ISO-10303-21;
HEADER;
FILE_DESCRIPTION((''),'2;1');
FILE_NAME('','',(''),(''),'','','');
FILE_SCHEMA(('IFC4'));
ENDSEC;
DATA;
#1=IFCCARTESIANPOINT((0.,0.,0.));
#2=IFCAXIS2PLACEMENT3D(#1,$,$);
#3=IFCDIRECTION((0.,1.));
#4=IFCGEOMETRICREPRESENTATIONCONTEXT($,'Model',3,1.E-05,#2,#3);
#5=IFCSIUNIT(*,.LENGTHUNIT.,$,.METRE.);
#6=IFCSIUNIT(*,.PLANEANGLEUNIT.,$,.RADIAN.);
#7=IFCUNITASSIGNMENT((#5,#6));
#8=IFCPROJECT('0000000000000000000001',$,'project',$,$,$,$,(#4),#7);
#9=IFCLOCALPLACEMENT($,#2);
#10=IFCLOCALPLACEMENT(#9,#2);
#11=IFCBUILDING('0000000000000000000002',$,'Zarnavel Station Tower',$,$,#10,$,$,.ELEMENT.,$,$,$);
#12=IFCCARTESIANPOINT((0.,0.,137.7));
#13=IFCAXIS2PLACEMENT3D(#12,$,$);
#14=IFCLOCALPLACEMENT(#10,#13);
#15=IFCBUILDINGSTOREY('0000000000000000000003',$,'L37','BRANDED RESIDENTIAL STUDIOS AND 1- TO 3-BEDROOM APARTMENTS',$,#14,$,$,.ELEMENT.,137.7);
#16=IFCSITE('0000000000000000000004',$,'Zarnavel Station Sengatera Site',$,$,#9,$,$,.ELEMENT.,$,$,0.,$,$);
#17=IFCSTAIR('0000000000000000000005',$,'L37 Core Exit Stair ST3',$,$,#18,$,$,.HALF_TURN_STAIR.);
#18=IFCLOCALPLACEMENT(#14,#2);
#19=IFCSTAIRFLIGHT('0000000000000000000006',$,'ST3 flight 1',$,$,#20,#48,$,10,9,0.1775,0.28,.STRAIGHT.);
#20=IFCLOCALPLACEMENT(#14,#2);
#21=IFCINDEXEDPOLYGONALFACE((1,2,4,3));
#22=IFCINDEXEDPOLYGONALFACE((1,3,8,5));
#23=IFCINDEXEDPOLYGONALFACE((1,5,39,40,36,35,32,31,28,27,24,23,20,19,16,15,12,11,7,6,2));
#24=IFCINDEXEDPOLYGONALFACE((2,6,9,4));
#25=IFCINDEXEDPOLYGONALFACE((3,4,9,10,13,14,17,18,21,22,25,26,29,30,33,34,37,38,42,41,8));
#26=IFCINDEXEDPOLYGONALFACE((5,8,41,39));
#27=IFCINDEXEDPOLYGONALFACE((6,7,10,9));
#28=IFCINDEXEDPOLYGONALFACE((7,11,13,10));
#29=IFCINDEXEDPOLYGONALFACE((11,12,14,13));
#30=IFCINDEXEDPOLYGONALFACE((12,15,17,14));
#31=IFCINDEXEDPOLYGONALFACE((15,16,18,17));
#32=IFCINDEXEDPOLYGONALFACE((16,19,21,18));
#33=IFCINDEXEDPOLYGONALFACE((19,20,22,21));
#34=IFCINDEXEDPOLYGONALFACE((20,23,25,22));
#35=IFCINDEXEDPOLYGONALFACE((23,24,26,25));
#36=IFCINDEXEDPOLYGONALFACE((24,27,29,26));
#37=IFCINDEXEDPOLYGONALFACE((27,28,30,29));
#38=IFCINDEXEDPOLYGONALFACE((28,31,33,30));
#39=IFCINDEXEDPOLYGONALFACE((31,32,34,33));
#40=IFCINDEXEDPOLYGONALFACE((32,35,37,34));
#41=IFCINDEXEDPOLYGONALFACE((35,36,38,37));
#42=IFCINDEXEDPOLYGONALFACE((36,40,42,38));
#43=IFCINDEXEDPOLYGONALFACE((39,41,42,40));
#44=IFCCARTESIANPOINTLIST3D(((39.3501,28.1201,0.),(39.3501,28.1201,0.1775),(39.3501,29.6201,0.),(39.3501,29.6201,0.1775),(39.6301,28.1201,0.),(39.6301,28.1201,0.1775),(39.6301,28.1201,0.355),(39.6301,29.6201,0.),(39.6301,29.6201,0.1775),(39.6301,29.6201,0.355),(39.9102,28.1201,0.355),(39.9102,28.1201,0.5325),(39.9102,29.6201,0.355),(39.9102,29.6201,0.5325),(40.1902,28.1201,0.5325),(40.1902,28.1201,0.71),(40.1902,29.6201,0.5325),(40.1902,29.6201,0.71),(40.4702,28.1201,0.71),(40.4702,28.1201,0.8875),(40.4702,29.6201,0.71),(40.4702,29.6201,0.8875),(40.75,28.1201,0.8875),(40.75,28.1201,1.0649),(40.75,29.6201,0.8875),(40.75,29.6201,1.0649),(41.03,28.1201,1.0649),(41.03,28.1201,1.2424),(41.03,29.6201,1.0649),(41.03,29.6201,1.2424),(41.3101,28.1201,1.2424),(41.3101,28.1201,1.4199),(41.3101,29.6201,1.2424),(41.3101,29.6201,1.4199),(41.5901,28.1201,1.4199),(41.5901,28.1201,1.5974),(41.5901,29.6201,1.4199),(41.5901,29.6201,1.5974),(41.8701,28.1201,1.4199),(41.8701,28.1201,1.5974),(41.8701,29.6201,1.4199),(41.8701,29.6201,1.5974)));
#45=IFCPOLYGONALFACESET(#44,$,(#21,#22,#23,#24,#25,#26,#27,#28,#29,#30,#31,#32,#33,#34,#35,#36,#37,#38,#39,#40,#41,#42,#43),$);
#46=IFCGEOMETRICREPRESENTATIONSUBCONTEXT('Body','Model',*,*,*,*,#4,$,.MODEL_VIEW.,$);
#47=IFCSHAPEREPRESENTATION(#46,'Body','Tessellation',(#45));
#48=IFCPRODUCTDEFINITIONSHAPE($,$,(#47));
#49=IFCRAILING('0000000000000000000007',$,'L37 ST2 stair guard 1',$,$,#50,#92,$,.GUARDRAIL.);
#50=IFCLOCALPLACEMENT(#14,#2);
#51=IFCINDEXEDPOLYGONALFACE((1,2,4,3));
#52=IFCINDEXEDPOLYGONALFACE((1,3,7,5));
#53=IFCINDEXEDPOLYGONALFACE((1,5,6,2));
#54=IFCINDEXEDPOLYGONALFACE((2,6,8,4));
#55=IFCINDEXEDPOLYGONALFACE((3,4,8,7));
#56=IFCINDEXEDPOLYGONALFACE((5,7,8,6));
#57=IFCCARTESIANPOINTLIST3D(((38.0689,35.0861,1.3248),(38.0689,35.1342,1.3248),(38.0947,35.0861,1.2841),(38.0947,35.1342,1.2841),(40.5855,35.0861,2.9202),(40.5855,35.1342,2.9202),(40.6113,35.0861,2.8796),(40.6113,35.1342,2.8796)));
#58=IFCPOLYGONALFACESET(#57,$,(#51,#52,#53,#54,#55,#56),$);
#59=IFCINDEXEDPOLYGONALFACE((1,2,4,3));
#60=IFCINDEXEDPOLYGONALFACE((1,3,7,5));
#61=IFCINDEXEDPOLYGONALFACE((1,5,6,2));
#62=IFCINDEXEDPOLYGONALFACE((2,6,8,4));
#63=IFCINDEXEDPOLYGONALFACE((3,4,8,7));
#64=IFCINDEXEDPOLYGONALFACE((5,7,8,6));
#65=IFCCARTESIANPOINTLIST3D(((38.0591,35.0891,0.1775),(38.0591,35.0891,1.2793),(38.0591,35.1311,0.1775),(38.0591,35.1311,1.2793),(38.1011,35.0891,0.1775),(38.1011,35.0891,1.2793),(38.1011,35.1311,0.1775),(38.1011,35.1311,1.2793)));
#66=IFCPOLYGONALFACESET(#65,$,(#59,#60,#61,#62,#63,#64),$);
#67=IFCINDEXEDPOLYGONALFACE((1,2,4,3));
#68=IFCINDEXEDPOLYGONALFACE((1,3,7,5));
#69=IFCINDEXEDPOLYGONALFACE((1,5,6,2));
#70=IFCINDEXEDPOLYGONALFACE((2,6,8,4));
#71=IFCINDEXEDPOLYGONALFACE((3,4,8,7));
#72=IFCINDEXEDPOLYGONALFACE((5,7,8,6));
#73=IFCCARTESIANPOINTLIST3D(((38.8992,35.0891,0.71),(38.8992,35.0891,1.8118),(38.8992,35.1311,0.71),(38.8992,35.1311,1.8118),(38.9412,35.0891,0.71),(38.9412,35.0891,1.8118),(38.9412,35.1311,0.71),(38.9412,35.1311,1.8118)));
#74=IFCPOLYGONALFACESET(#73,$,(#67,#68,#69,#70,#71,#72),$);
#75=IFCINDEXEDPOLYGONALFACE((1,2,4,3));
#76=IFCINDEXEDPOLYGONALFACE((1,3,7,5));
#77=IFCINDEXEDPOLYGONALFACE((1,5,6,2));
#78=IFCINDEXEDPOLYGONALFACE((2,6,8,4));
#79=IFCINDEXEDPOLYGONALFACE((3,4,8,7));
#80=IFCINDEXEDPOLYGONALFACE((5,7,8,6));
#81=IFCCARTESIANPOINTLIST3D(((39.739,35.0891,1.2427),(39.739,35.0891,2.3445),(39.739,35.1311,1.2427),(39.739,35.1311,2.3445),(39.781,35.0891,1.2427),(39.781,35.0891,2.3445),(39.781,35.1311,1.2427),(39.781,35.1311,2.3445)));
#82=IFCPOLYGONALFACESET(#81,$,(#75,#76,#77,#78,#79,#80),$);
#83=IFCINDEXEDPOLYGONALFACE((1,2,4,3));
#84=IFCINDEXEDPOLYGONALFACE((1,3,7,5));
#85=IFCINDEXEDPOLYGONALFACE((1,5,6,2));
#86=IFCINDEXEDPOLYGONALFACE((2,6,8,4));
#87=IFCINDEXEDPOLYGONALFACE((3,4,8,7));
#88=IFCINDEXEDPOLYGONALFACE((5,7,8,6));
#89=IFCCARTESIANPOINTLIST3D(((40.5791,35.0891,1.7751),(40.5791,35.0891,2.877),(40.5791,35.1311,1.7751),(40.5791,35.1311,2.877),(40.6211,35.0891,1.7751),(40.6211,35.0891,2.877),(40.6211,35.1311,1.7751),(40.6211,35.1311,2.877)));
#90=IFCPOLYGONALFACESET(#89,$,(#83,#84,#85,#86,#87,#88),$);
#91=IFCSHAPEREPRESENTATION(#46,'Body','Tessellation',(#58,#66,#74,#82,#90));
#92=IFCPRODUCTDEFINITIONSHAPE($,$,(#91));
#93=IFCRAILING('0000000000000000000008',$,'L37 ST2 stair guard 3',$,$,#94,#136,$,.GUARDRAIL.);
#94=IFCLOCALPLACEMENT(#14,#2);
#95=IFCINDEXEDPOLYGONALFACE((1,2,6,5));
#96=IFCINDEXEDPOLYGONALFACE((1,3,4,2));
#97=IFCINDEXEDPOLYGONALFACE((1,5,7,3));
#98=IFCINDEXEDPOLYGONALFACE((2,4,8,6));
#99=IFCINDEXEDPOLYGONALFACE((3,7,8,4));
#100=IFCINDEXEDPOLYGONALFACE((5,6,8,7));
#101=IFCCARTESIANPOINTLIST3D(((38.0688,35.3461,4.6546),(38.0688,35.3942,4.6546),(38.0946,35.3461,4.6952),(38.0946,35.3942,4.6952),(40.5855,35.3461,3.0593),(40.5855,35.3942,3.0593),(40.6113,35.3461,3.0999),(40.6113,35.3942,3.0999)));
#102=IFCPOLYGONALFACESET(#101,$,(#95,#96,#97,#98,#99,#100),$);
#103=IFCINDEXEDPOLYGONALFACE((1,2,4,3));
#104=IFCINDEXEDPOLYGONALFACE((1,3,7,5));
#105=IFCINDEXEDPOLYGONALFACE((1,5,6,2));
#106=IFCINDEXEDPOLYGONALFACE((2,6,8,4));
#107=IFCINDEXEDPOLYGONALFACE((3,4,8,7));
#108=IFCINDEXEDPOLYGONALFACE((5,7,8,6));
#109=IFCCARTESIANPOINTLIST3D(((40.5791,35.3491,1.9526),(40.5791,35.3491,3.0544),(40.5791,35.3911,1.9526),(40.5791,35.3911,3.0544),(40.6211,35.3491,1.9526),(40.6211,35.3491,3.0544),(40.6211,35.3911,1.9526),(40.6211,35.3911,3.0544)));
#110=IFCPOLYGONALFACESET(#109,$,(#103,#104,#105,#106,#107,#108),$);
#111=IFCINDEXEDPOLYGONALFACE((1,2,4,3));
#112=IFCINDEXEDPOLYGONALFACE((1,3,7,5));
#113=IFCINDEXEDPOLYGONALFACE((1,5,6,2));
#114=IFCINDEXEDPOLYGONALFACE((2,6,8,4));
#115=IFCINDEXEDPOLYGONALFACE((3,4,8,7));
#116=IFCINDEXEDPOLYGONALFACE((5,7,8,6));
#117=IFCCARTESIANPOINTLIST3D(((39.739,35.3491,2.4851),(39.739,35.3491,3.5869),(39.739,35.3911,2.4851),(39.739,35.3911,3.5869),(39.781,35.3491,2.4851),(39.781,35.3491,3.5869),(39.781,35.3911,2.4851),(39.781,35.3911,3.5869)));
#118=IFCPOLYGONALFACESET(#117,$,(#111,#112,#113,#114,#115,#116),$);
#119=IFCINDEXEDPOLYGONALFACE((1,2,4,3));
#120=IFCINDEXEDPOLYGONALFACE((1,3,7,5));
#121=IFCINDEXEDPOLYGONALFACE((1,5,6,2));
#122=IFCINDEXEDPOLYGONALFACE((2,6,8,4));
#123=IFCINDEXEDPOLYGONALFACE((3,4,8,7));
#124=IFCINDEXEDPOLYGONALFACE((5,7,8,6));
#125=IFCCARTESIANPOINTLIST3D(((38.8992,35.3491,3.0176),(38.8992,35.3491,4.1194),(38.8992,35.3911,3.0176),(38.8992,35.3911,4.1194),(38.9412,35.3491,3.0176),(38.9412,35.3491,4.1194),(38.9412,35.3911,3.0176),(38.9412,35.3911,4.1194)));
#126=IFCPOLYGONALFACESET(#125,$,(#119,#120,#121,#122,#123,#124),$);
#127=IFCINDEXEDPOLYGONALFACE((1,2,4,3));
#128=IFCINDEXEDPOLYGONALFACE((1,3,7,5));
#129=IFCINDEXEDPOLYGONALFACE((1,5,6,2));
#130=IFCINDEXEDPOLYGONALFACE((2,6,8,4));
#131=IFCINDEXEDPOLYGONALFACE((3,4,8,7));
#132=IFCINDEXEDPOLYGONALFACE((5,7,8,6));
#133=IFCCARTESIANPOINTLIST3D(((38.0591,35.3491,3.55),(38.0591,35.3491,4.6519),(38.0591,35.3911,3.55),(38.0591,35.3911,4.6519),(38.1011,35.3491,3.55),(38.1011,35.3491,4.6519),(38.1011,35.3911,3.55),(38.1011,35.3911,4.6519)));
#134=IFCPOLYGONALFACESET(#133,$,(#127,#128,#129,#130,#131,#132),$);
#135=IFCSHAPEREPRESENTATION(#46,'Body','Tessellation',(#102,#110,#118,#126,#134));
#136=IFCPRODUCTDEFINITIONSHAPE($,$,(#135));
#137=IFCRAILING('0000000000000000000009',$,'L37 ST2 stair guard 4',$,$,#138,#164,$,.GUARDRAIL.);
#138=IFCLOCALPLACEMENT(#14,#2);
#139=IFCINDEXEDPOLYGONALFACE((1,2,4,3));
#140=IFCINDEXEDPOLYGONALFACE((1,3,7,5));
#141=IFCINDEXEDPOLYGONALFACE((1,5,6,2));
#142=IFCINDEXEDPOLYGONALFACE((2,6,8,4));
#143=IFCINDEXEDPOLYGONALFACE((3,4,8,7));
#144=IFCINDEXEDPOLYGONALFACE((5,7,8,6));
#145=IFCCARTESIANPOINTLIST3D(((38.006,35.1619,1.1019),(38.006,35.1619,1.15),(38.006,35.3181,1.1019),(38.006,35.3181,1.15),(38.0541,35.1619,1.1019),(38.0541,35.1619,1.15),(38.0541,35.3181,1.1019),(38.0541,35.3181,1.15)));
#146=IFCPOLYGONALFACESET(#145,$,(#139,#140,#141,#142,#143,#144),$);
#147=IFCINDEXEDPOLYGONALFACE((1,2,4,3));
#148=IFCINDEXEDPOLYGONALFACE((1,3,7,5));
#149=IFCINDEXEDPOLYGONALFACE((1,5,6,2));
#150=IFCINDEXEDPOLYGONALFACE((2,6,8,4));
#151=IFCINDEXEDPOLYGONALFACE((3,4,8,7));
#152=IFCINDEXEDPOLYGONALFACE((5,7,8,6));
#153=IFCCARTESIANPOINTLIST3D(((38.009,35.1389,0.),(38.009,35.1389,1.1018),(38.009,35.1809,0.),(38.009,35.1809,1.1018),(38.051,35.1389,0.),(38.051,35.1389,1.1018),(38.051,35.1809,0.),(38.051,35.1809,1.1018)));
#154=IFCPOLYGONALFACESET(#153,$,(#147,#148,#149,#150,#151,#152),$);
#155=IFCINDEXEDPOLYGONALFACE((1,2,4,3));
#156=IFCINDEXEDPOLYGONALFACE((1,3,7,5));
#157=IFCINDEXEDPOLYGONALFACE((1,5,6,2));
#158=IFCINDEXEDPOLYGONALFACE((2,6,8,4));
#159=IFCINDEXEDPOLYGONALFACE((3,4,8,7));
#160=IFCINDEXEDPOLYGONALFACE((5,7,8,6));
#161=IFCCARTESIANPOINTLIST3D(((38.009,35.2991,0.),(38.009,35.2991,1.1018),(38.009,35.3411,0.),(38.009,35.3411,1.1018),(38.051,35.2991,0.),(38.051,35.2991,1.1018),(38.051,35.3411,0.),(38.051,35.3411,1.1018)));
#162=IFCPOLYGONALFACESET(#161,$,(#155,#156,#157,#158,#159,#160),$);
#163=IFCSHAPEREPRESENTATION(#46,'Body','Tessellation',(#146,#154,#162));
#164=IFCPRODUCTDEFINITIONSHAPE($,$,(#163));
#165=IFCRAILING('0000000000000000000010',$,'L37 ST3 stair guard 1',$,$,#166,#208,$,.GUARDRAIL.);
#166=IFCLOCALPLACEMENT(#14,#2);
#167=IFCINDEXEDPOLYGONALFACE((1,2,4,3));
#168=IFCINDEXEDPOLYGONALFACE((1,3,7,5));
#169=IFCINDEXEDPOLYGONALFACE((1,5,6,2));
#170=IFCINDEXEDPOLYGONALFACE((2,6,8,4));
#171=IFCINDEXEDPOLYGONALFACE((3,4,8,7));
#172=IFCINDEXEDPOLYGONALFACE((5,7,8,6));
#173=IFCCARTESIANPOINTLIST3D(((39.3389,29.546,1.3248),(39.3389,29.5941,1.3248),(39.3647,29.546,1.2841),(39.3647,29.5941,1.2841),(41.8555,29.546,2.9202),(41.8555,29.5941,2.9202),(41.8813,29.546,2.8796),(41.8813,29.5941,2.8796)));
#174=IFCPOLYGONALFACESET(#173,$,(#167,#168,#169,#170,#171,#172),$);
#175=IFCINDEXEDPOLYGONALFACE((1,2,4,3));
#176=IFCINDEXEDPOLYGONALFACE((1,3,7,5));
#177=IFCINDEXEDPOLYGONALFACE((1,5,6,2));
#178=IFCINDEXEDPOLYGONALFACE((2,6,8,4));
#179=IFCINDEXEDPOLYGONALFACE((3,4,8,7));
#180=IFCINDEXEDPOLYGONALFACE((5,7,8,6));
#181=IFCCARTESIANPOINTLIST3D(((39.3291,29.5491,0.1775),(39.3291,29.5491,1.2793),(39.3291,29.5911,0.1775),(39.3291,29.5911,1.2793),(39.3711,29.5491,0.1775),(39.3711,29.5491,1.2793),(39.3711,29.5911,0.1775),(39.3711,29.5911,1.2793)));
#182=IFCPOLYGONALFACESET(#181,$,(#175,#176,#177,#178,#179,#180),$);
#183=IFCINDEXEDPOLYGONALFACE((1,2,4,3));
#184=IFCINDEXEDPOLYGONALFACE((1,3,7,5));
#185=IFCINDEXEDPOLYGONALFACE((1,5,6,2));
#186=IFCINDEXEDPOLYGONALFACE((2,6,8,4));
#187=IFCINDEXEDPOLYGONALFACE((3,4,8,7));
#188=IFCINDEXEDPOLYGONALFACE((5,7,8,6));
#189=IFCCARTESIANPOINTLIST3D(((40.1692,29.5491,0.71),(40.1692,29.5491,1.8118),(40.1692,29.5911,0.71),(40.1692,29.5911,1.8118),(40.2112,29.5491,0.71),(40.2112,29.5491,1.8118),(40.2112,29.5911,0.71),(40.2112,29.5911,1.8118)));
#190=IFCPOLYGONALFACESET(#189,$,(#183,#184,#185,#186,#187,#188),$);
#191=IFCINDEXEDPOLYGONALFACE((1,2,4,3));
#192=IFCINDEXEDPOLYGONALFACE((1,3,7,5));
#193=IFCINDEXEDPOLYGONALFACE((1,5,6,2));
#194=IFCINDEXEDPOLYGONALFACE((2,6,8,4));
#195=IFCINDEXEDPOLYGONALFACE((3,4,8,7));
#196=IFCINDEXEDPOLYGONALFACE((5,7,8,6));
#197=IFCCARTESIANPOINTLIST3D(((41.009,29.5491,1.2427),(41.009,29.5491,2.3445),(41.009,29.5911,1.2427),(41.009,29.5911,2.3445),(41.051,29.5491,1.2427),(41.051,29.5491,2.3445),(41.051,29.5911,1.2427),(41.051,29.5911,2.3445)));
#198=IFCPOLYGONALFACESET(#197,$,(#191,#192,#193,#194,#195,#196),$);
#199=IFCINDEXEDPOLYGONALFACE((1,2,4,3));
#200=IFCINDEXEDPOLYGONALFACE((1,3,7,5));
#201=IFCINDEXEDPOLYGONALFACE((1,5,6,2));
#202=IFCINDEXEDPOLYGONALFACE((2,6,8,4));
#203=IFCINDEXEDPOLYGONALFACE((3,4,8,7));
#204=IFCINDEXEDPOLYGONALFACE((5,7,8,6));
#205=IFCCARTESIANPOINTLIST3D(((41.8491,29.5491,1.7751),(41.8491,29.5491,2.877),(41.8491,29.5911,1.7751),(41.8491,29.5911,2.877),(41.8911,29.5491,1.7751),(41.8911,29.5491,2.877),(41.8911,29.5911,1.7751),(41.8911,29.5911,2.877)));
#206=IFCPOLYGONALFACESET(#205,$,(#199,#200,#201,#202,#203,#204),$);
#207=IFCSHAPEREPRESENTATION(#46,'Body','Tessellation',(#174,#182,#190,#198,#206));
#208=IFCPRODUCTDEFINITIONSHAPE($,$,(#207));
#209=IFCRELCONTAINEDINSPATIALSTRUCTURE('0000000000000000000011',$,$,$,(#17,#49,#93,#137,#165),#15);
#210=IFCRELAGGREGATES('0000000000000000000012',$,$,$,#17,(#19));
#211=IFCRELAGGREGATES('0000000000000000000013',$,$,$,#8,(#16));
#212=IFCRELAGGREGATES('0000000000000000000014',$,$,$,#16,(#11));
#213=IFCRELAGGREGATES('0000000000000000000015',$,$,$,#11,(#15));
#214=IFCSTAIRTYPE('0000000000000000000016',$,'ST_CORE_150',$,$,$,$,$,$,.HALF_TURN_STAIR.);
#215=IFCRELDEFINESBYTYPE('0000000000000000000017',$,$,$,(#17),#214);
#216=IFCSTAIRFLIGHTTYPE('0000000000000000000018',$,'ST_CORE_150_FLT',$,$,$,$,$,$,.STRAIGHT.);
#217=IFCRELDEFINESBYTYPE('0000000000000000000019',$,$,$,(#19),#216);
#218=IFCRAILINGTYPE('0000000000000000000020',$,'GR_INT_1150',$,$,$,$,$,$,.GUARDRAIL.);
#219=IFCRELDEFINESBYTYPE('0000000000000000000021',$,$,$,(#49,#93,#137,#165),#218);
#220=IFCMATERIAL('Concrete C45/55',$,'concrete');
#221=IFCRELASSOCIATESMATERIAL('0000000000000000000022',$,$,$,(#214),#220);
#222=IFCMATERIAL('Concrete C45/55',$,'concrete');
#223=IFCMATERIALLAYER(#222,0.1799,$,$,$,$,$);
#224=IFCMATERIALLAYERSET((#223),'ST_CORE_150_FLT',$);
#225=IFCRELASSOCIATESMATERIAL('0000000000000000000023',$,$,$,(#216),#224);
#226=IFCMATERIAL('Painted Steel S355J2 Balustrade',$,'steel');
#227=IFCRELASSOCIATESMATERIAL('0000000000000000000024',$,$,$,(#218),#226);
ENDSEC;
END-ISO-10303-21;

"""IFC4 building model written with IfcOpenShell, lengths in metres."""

from ifc_helpers import new_model, si_unit, direction, frame, origin, origin_2d, place, context, subcontext, project, spatial, polyline, rectangle, outline, extrude, material, layer, layer_set, type_object, element, aggregate, save


model = new_model("IFC4")

# Units and contexts
model_context = context("Model", 3, precision=1e-05, world=origin(), true_north=direction((0.0, 1.0)))
body_context = subcontext(model_context, "Body", "Model", "MODEL_VIEW")
ifc_project = project(units=[si_unit("LENGTHUNIT", "METRE"), si_unit("PLANEANGLEUNIT", "RADIAN")], contexts=[model_context])

# Site, building, storey
site_placement = place(None, origin())
site = spatial("IfcSite", under=ifc_project, at=site_placement, Name="Zarnavel Station Sengatera Site", CompositionType="ELEMENT", RefElevation=0.0)
building_placement = place(site_placement, origin())
building = spatial("IfcBuilding", under=site, at=building_placement, Name="Zarnavel Station Tower", CompositionType="ELEMENT")
storey_placement = place(building_placement, frame((0.0, 0.0, 137.7)))
storey = spatial("IfcBuildingStorey", under=building, at=storey_placement, Name="L37", Description="BRANDED RESIDENTIAL STUDIOS AND 1- TO 3-BEDROOM APARTMENTS", CompositionType="ELEMENT", Elevation=137.7)

# Shared definitions
ifc_material_1 = material(Name="Concrete C45/55", Category="concrete")
stair_type = type_object("IfcStairType", Name="ST_CORE_150", PredefinedType="HALF_TURN_STAIR", material=ifc_material_1)
ifc_material_2 = material(Name="Concrete C45/55", Category="concrete")
ifc_layer_1 = layer(ifc_material_2, 0.1799)
ifc_layer_set_1 = layer_set([ifc_layer_1], Name="ST_CORE_150_FLT")
stair_flight_type = type_object("IfcStairFlightType", Name="ST_CORE_150_FLT", PredefinedType="STRAIGHT", material=ifc_layer_set_1)

# Stair, stair flight
stair_1_placement = place(storey_placement, origin())
stair_1 = element("IfcStair", 1, at=stair_1_placement, inside=storey, type_object=stair_type, Name="L37 Core Exit Stair ST3", PredefinedType="HALF_TURN_STAIR")
stair_flight_1_placement = place(storey_placement, frame((39.3501, 28.8701, 0.0), z_axis=(0.0, 0.0, 1.0), x_axis=(1.0, 0.0, 0.0)))
stair_flight_1 = element("IfcStairFlight", 2, at=stair_flight_1_placement, type_object=stair_flight_type, Name="ST3 flight 1", NumberOfRisers=10, NumberOfTreads=9, PredefinedType="STRAIGHT", RiserHeight=0.1775, TreadLength=0.28, context=body_context, shape_type="SweptSolid", body=[
    extrude(outline(polyline([(0.0, 0.0), (0.0, 0.1775), (0.28, 0.1775), (0.28, 0.355), (0.5601, 0.355), (0.5601, 0.5325), (0.8401, 0.5325), (0.8401, 0.71), (1.1201, 0.71), (1.1201, 0.8875), (1.3999, 0.8875), (1.3999, 1.0649), (1.6799, 1.0649), (1.6799, 1.2424), (1.96, 1.2424), (1.96, 1.4199), (2.24, 1.4199), (2.24, 1.5974), (2.52, 1.5974), (2.52, 1.7749), (2.52, 1.4199), (0.28, 0.0), (0.0, 0.0)])), frame((0.0, 0.75, 0.0), z_axis=(0.0, -1.0, 0.0), x_axis=(1.0, 0.0, 0.0)), (0.0, 0.0, 1.0), 1.5),
])
aggregate(stair_1, [stair_flight_1])

# Railings
ifc_material_3 = material(Name="Painted Steel S355J2 Balustrade", Category="steel")
railing_type_1 = type_object("IfcRailingType", Name="GR_INT_1150", PredefinedType="GUARDRAIL", material=ifc_material_3)
railing_1_placement = place(storey_placement, frame((38.0801, 35.1101, 0.1775)))
element("IfcRailing", 3, at=railing_1_placement, inside=storey, type_object=railing_type_1, Name="L37 ST2 stair guard 1", PredefinedType="GUARDRAIL", context=body_context, shape_type="SweptSolid", body=[
    extrude(rectangle(XDim=0.0481, YDim=0.0481, at=origin_2d()), frame((0.0017, 0.0, 1.127), z_axis=(0.84457, 0.0, 0.535445), x_axis=(0.0, 1.0, 0.0)), (0.0, 0.0, 1.0), 2.9797),
    extrude(rectangle(XDim=0.042, YDim=0.042, at=origin_2d()), origin(), (0.0, 0.0, 1.0), 1.1018),
    extrude(rectangle(XDim=0.042, YDim=0.042, at=origin_2d()), frame((0.8401, 0.0, 0.5325)), (0.0, 0.0, 1.0), 1.1018),
    extrude(rectangle(XDim=0.042, YDim=0.042, at=origin_2d()), frame((1.6799, 0.0, 1.0652)), (0.0, 0.0, 1.0), 1.1018),
    extrude(rectangle(XDim=0.042, YDim=0.042, at=origin_2d()), frame((2.52, 0.0, 1.5977)), (0.0, 0.0, 1.0), 1.1018),
])
railing_2_placement = place(storey_placement, frame((40.6001, 35.3701, 1.9526)))
element("IfcRailing", 4, at=railing_2_placement, inside=storey, type_object=railing_type_1, Name="L37 ST2 stair guard 3", PredefinedType="GUARDRAIL", context=body_context, shape_type="SweptSolid", body=[
    extrude(rectangle(XDim=0.0481, YDim=0.0481, at=origin_2d()), frame((-0.0017, 0.0, 1.127), z_axis=(-0.844607, 0.0, 0.535387), x_axis=(0.0, -1.0, 0.0)), (0.0, 0.0, 1.0), 2.9797),
    extrude(rectangle(XDim=0.042, YDim=0.042, at=origin_2d()), origin(), (0.0, 0.0, 1.0), 1.1018),
    extrude(rectangle(XDim=0.042, YDim=0.042, at=origin_2d()), frame((-0.8401, 0.0, 0.5325)), (0.0, 0.0, 1.0), 1.1018),
    extrude(rectangle(XDim=0.042, YDim=0.042, at=origin_2d()), frame((-1.6799, 0.0, 1.0649)), (0.0, 0.0, 1.0), 1.1018),
    extrude(rectangle(XDim=0.042, YDim=0.042, at=origin_2d()), frame((-2.52, 0.0, 1.5974)), (0.0, 0.0, 1.0), 1.1018),
])
railing_3_placement = place(storey_placement, frame((38.03, 35.1599, 0.0)))
element("IfcRailing", 5, at=railing_3_placement, inside=storey, type_object=railing_type_1, Name="L37 ST2 stair guard 4", PredefinedType="GUARDRAIL", context=body_context, shape_type="SweptSolid", body=[
    extrude(rectangle(XDim=0.0481, YDim=0.0481, at=origin_2d()), frame((0.0, 0.002, 1.126), z_axis=(0.0, 1.0, 0.0), x_axis=(-1.0, 0.0, 0.0)), (0.0, 0.0, 1.0), 0.1562),
    extrude(rectangle(XDim=0.042, YDim=0.042, at=origin_2d()), origin(), (0.0, 0.0, 1.0), 1.1018),
    extrude(rectangle(XDim=0.042, YDim=0.042, at=origin_2d()), frame((0.0, 0.1602, 0.0)), (0.0, 0.0, 1.0), 1.1018),
])
railing_4_placement = place(storey_placement, frame((39.3501, 29.5701, 0.1775)))
element("IfcRailing", 6, at=railing_4_placement, inside=storey, type_object=railing_type_1, Name="L37 ST3 stair guard 1", PredefinedType="GUARDRAIL", context=body_context, shape_type="SweptSolid", body=[
    extrude(rectangle(XDim=0.0481, YDim=0.0481, at=origin_2d()), frame((0.0017, 0.0, 1.127), z_axis=(0.84457, 0.0, 0.535445), x_axis=(0.0, 1.0, 0.0)), (0.0, 0.0, 1.0), 2.9797),
    extrude(rectangle(XDim=0.042, YDim=0.042, at=origin_2d()), origin(), (0.0, 0.0, 1.0), 1.1018),
    extrude(rectangle(XDim=0.042, YDim=0.042, at=origin_2d()), frame((0.8401, 0.0, 0.5325)), (0.0, 0.0, 1.0), 1.1018),
    extrude(rectangle(XDim=0.042, YDim=0.042, at=origin_2d()), frame((1.6799, 0.0, 1.0652)), (0.0, 0.0, 1.0), 1.1018),
    extrude(rectangle(XDim=0.042, YDim=0.042, at=origin_2d()), frame((2.52, 0.0, 1.5977)), (0.0, 0.0, 1.0), 1.1018),
])

save(model, "model.ifc")
